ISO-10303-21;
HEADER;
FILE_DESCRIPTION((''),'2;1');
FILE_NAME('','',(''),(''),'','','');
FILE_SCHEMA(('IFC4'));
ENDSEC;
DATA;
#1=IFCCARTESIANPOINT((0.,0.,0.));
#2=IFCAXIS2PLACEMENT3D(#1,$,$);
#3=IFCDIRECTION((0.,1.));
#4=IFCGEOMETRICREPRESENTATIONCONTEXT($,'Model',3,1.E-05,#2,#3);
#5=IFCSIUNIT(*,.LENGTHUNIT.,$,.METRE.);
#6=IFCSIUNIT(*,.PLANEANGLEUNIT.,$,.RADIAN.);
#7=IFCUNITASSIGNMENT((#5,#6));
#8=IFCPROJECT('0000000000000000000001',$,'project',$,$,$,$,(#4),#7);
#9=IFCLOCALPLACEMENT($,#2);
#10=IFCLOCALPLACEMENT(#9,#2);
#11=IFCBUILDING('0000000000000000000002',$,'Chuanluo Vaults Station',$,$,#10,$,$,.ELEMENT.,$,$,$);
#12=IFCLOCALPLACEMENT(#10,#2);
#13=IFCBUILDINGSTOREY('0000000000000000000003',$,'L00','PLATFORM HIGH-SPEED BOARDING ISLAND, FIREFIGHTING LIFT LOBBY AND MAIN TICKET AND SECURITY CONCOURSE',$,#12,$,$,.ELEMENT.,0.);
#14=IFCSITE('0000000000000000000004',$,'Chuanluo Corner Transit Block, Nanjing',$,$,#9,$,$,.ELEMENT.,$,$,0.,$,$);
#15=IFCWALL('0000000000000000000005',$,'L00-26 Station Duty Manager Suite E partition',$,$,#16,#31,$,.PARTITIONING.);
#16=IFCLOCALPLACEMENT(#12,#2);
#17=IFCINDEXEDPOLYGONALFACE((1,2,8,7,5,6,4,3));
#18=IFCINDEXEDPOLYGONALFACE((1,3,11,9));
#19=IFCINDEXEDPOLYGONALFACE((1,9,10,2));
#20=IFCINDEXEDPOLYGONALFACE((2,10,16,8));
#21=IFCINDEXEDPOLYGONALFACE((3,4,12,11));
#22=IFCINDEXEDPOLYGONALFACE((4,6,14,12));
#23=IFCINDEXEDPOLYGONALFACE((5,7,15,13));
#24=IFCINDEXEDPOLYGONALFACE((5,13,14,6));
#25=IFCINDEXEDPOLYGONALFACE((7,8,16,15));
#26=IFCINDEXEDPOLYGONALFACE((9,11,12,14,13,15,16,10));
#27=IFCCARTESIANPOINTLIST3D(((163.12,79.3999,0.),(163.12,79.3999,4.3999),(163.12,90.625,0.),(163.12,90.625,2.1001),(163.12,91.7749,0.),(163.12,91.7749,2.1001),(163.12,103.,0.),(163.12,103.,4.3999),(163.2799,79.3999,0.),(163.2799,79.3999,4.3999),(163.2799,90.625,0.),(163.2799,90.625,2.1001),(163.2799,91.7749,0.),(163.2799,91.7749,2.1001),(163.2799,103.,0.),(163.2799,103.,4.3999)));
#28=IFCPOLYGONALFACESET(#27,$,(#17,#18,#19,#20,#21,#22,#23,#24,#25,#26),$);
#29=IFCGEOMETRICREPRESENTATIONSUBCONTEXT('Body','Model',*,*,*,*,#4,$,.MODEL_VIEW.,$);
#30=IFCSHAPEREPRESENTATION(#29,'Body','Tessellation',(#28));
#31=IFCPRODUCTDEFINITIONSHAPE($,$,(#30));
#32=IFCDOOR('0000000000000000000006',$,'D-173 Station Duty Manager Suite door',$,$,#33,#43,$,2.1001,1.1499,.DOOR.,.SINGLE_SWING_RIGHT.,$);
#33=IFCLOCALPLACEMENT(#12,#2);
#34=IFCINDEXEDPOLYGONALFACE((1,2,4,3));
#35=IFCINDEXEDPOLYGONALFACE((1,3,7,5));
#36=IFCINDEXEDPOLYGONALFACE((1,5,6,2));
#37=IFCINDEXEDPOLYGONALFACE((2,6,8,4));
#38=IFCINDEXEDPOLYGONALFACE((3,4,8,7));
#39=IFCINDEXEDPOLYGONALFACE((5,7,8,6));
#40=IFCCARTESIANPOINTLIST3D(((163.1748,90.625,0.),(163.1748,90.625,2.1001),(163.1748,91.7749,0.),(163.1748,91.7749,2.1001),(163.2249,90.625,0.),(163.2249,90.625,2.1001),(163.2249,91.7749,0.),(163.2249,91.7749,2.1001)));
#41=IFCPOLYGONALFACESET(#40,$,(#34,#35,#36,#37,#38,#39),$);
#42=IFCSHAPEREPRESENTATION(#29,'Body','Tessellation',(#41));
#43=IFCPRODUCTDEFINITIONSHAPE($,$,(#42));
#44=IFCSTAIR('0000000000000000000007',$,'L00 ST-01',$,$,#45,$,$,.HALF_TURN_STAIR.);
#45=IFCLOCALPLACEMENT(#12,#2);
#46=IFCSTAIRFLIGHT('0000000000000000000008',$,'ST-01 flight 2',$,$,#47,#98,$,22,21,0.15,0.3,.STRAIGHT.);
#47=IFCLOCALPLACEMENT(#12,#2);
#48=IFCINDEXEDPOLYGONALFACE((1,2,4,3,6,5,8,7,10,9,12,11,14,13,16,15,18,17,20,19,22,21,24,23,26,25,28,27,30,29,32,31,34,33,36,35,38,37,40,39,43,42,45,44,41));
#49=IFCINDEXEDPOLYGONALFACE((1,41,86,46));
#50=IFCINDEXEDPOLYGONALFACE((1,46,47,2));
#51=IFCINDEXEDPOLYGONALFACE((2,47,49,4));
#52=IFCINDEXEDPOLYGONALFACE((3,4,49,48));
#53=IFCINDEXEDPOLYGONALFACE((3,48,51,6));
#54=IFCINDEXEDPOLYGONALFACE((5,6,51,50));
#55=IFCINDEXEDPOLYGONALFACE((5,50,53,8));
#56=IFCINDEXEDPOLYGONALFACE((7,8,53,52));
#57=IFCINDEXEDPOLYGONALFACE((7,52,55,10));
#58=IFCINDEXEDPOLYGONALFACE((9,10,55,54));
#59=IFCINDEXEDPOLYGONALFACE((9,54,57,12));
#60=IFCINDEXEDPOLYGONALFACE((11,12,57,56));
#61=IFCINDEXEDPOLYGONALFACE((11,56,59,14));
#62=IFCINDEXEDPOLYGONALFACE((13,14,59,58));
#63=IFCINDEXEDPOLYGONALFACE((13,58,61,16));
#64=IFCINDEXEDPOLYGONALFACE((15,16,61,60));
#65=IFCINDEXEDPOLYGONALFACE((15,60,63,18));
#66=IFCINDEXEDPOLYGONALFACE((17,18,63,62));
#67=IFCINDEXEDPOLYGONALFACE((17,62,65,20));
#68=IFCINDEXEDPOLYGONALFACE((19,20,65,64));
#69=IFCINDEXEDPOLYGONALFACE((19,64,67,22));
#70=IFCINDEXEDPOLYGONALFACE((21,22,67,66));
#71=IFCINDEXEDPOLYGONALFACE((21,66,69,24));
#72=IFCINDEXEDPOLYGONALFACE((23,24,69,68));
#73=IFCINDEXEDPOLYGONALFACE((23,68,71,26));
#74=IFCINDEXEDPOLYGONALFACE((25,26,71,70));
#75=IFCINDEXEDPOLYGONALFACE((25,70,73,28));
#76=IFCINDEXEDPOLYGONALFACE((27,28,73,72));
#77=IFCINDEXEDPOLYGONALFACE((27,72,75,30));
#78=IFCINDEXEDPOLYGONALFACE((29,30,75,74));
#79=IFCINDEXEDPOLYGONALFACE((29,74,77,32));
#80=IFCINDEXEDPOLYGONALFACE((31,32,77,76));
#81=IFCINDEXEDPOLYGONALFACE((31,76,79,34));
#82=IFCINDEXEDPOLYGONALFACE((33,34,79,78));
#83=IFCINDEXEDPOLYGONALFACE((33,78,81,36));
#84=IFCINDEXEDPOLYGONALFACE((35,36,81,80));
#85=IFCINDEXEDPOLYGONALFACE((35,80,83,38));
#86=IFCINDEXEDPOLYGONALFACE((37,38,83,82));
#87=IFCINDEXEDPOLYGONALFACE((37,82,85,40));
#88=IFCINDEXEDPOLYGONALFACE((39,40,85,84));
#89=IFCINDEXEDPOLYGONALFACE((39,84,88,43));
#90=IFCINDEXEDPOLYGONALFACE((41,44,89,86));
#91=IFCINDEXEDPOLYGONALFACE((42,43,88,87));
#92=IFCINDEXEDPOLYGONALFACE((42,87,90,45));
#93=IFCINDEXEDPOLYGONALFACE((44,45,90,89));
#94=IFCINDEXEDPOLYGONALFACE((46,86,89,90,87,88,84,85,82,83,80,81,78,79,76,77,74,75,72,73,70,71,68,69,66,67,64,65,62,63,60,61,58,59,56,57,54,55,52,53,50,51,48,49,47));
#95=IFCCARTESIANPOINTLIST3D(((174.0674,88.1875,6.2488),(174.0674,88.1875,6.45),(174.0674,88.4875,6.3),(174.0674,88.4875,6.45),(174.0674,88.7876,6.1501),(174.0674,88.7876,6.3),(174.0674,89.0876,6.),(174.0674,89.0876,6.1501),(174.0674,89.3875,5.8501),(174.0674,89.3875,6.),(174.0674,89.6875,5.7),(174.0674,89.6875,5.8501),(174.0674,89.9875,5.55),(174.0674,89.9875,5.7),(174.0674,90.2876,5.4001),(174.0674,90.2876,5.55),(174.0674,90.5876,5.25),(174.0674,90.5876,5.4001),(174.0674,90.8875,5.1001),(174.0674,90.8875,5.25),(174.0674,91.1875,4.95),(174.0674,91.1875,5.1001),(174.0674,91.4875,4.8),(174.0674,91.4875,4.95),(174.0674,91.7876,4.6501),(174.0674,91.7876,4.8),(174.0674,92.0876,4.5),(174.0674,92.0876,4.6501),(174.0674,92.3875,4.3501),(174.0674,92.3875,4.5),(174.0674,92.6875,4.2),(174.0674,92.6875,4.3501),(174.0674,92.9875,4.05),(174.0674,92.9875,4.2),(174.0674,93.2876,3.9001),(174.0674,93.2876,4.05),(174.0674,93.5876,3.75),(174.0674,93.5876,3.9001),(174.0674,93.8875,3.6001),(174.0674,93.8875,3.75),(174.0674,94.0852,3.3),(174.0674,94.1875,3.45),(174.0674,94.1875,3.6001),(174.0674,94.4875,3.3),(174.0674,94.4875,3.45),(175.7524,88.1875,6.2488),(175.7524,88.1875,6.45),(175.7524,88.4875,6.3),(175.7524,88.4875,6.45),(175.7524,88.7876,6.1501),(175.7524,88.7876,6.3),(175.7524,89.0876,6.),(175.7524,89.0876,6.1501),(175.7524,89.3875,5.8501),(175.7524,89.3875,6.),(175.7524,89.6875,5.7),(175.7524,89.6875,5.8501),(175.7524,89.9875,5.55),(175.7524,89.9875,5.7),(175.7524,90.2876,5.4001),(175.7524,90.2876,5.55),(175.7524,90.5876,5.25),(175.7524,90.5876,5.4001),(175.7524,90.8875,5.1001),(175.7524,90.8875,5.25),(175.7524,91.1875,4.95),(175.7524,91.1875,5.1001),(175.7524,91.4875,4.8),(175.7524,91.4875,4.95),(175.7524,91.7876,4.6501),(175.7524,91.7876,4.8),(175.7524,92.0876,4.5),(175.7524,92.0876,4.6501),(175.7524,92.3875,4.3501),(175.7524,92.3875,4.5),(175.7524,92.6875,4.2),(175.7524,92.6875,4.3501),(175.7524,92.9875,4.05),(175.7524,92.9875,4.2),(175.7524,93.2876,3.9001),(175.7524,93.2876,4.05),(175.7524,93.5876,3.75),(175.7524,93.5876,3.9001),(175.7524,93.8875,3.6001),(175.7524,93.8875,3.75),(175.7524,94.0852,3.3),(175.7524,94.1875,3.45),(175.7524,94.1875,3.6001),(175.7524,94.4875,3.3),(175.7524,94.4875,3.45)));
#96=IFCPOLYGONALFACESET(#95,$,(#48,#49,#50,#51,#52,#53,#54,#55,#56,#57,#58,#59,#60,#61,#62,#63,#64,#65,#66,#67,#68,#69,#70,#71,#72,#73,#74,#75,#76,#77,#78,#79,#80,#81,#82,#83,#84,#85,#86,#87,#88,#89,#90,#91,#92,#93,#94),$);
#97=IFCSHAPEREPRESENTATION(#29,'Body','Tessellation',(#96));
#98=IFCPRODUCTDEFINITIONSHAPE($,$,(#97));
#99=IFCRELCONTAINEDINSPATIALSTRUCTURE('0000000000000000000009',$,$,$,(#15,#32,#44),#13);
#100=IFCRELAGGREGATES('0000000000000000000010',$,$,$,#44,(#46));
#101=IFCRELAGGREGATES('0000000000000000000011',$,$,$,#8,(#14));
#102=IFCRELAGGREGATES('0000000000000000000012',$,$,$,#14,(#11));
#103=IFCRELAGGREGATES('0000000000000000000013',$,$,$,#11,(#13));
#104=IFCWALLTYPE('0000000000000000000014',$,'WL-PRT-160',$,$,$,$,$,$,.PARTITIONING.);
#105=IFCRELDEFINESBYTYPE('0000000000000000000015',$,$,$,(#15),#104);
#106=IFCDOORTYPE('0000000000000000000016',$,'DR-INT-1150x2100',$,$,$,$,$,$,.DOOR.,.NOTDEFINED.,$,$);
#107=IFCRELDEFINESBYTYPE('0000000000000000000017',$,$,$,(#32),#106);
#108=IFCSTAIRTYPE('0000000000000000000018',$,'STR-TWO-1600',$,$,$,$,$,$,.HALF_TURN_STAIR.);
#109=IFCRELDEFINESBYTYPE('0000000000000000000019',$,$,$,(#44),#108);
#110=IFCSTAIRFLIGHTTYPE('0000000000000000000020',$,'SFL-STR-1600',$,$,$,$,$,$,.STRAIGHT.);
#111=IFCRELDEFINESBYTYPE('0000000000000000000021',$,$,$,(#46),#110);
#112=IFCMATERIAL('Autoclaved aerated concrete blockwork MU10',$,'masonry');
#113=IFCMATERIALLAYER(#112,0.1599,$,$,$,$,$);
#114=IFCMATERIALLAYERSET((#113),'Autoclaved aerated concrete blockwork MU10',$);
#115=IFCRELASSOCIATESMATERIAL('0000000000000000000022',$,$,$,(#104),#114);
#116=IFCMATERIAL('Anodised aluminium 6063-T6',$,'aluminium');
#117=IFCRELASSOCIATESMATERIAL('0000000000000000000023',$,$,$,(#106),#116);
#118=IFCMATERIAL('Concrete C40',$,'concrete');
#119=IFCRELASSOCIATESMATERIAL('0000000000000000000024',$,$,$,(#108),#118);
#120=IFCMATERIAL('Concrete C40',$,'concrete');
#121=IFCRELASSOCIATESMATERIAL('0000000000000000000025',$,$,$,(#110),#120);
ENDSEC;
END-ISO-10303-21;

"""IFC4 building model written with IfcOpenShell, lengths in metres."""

from ifc_helpers import new_model, si_unit, direction, frame, frame_2d, origin, place, context, subcontext, project, spatial, polyline, rectangle, outline, extrude, material, layer, layer_set, type_object, element, fill, aggregate, save


model = new_model("IFC4")

# Units and contexts
model_context = context("Model", 3, precision=1e-05, world=origin(), true_north=direction((0.0, 1.0)))
body_context = subcontext(model_context, "Body", "Model", "MODEL_VIEW")
ifc_project = project(units=[si_unit("LENGTHUNIT", "METRE"), si_unit("PLANEANGLEUNIT", "RADIAN")], contexts=[model_context])

# Site, building, storey
site_placement = place(None, origin())
site = spatial("IfcSite", under=ifc_project, at=site_placement, Name="Chuanluo Corner Transit Block, Nanjing", CompositionType="ELEMENT", RefElevation=0.0)
building_placement = place(site_placement, origin())
building = spatial("IfcBuilding", under=site, at=building_placement, Name="Chuanluo Vaults Station", CompositionType="ELEMENT")
storey_placement = place(building_placement, origin())
storey = spatial("IfcBuildingStorey", under=building, at=storey_placement, Name="L00", Description="PLATFORM HIGH-SPEED BOARDING ISLAND, FIREFIGHTING LIFT LOBBY AND MAIN TICKET AND SECURITY CONCOURSE", CompositionType="ELEMENT", Elevation=0.0)

# Wall, opening, door
ifc_material_1 = material(Name="Autoclaved aerated concrete blockwork MU10", Category="masonry")
ifc_layer_1 = layer(ifc_material_1, 0.1599)
ifc_layer_set_1 = layer_set([ifc_layer_1], Name="Autoclaved aerated concrete blockwork MU10")
wall_type_1 = type_object("IfcWallType", Name="WL-PRT-160", PredefinedType="PARTITIONING", material=ifc_layer_set_1)
wall_1_placement = place(storey_placement, frame((163.2, 103.0, 0.0), z_axis=(0.0, 0.0, 1.0), x_axis=(0.0, -1.0, 0.0)))
wall_1 = element("IfcWall", 1, at=wall_1_placement, inside=storey, type_object=wall_type_1, Name="L00-26 Station Duty Manager Suite E partition", PredefinedType="PARTITIONING", context=body_context, shape_type="SweptSolid", body=[
    extrude(rectangle(XDim=23.6001, YDim=0.1599, at=frame_2d((11.8, 0.0))), origin(), (0.0, 0.0, 1.0), 4.3999),
])
opening_1_placement = place(wall_1_placement, frame((11.2251, 0.0, 0.0)))
opening_1 = element("IfcOpeningElement", 2, at=opening_1_placement, cuts=wall_1, PredefinedType="OPENING", context=body_context, shape_type="SweptSolid", body=[
    extrude(rectangle(XDim=1.1499, YDim=2.1001, at=frame_2d((0.575, 1.05))), frame((0.0, 0.0901, 0.0), z_axis=(0.0, -1.0, 0.0), x_axis=(1.0, 0.0, 0.0)), (0.0, 0.0, 1.0), 0.1799),
])
ifc_material_2 = material(Name="Anodised aluminium 6063-T6", Category="aluminium")
door_type_1 = type_object("IfcDoorType", Name="DR-INT-1150x2100", OperationType="NOTDEFINED", PredefinedType="DOOR", material=ifc_material_2)
door_1_placement = place(opening_1_placement, origin())
door_1 = element("IfcDoor", 3, at=door_1_placement, inside=storey, type_object=door_type_1, Name="D-173 Station Duty Manager Suite door", OperationType="SINGLE_SWING_RIGHT", OverallHeight=2.1001, OverallWidth=1.1499, PredefinedType="DOOR", context=body_context, shape_type="SweptSolid", body=[
    extrude(rectangle(XDim=1.1499, YDim=2.1001, at=frame_2d((0.575, 1.05))), frame((0.0, 0.0249, 0.0), z_axis=(0.0, -1.0, 0.0), x_axis=(1.0, 0.0, 0.0)), (0.0, 0.0, 1.0), 0.05),
])
fill(opening_1, door_1)

# Stair, stair flight
ifc_material_3 = material(Name="Concrete C40", Category="concrete")
stair_type = type_object("IfcStairType", Name="STR-TWO-1600", PredefinedType="HALF_TURN_STAIR", material=ifc_material_3)
stair_placement = place(storey_placement, origin())
stair = element("IfcStair", 4, at=stair_placement, inside=storey, type_object=stair_type, Name="L00 ST-01", PredefinedType="HALF_TURN_STAIR")
ifc_material_4 = material(Name="Concrete C40", Category="concrete")
stair_flight_type = type_object("IfcStairFlightType", Name="SFL-STR-1600", PredefinedType="STRAIGHT", material=ifc_material_4)
stair_flight_placement = place(storey_placement, frame((174.9099, 94.4875, 3.3), z_axis=(0.0, 0.0, 1.0), x_axis=(0.0, -1.0, 0.0)))
stair_flight = element("IfcStairFlight", 5, at=stair_flight_placement, type_object=stair_flight_type, Name="ST-01 flight 2", NumberOfRisers=22, NumberOfTreads=21, PredefinedType="STRAIGHT", RiserHeight=0.15, TreadLength=0.3, context=body_context, shape_type="SweptSolid", body=[
    extrude(outline(polyline([(0.0, 0.0), (0.0, 0.1499), (0.3, 0.1499), (0.3, 0.3), (0.6001, 0.3), (0.6001, 0.45), (0.8999, 0.45), (0.8999, 0.6001), (1.2, 0.6001), (1.2, 0.75), (1.5, 0.75), (1.5, 0.8999), (1.8, 0.8999), (1.8, 1.05), (2.1001, 1.05), (2.1001, 1.2), (2.3999, 1.2), (2.3999, 1.3501), (2.7, 1.3501), (2.7, 1.5), (3.0, 1.5), (3.0, 1.6499), (3.3, 1.6499), (3.3, 1.8), (3.6001, 1.8), (3.6001, 1.95), (3.8999, 1.95), (3.8999, 2.1001), (4.2, 2.1001), (4.2, 2.25), (4.5, 2.25), (4.5, 2.3999), (4.8, 2.3999), (4.8, 2.55), (5.1001, 2.55), (5.1001, 2.7), (5.3999, 2.7), (5.3999, 2.8501), (5.7, 2.8501), (5.7, 3.0), (6.0, 3.0), (6.0, 3.1499), (6.3, 3.1499), (6.3, 3.3), (6.3, 2.9487), (0.4023, 0.0), (0.0, 0.0)])), frame((0.0, 0.8425, 0.0), z_axis=(0.0, -1.0, 0.0), x_axis=(1.0, 0.0, 0.0)), (0.0, 0.0, 1.0), 1.6851),
])
aggregate(stair, [stair_flight])

save(model, "model.ifc")
